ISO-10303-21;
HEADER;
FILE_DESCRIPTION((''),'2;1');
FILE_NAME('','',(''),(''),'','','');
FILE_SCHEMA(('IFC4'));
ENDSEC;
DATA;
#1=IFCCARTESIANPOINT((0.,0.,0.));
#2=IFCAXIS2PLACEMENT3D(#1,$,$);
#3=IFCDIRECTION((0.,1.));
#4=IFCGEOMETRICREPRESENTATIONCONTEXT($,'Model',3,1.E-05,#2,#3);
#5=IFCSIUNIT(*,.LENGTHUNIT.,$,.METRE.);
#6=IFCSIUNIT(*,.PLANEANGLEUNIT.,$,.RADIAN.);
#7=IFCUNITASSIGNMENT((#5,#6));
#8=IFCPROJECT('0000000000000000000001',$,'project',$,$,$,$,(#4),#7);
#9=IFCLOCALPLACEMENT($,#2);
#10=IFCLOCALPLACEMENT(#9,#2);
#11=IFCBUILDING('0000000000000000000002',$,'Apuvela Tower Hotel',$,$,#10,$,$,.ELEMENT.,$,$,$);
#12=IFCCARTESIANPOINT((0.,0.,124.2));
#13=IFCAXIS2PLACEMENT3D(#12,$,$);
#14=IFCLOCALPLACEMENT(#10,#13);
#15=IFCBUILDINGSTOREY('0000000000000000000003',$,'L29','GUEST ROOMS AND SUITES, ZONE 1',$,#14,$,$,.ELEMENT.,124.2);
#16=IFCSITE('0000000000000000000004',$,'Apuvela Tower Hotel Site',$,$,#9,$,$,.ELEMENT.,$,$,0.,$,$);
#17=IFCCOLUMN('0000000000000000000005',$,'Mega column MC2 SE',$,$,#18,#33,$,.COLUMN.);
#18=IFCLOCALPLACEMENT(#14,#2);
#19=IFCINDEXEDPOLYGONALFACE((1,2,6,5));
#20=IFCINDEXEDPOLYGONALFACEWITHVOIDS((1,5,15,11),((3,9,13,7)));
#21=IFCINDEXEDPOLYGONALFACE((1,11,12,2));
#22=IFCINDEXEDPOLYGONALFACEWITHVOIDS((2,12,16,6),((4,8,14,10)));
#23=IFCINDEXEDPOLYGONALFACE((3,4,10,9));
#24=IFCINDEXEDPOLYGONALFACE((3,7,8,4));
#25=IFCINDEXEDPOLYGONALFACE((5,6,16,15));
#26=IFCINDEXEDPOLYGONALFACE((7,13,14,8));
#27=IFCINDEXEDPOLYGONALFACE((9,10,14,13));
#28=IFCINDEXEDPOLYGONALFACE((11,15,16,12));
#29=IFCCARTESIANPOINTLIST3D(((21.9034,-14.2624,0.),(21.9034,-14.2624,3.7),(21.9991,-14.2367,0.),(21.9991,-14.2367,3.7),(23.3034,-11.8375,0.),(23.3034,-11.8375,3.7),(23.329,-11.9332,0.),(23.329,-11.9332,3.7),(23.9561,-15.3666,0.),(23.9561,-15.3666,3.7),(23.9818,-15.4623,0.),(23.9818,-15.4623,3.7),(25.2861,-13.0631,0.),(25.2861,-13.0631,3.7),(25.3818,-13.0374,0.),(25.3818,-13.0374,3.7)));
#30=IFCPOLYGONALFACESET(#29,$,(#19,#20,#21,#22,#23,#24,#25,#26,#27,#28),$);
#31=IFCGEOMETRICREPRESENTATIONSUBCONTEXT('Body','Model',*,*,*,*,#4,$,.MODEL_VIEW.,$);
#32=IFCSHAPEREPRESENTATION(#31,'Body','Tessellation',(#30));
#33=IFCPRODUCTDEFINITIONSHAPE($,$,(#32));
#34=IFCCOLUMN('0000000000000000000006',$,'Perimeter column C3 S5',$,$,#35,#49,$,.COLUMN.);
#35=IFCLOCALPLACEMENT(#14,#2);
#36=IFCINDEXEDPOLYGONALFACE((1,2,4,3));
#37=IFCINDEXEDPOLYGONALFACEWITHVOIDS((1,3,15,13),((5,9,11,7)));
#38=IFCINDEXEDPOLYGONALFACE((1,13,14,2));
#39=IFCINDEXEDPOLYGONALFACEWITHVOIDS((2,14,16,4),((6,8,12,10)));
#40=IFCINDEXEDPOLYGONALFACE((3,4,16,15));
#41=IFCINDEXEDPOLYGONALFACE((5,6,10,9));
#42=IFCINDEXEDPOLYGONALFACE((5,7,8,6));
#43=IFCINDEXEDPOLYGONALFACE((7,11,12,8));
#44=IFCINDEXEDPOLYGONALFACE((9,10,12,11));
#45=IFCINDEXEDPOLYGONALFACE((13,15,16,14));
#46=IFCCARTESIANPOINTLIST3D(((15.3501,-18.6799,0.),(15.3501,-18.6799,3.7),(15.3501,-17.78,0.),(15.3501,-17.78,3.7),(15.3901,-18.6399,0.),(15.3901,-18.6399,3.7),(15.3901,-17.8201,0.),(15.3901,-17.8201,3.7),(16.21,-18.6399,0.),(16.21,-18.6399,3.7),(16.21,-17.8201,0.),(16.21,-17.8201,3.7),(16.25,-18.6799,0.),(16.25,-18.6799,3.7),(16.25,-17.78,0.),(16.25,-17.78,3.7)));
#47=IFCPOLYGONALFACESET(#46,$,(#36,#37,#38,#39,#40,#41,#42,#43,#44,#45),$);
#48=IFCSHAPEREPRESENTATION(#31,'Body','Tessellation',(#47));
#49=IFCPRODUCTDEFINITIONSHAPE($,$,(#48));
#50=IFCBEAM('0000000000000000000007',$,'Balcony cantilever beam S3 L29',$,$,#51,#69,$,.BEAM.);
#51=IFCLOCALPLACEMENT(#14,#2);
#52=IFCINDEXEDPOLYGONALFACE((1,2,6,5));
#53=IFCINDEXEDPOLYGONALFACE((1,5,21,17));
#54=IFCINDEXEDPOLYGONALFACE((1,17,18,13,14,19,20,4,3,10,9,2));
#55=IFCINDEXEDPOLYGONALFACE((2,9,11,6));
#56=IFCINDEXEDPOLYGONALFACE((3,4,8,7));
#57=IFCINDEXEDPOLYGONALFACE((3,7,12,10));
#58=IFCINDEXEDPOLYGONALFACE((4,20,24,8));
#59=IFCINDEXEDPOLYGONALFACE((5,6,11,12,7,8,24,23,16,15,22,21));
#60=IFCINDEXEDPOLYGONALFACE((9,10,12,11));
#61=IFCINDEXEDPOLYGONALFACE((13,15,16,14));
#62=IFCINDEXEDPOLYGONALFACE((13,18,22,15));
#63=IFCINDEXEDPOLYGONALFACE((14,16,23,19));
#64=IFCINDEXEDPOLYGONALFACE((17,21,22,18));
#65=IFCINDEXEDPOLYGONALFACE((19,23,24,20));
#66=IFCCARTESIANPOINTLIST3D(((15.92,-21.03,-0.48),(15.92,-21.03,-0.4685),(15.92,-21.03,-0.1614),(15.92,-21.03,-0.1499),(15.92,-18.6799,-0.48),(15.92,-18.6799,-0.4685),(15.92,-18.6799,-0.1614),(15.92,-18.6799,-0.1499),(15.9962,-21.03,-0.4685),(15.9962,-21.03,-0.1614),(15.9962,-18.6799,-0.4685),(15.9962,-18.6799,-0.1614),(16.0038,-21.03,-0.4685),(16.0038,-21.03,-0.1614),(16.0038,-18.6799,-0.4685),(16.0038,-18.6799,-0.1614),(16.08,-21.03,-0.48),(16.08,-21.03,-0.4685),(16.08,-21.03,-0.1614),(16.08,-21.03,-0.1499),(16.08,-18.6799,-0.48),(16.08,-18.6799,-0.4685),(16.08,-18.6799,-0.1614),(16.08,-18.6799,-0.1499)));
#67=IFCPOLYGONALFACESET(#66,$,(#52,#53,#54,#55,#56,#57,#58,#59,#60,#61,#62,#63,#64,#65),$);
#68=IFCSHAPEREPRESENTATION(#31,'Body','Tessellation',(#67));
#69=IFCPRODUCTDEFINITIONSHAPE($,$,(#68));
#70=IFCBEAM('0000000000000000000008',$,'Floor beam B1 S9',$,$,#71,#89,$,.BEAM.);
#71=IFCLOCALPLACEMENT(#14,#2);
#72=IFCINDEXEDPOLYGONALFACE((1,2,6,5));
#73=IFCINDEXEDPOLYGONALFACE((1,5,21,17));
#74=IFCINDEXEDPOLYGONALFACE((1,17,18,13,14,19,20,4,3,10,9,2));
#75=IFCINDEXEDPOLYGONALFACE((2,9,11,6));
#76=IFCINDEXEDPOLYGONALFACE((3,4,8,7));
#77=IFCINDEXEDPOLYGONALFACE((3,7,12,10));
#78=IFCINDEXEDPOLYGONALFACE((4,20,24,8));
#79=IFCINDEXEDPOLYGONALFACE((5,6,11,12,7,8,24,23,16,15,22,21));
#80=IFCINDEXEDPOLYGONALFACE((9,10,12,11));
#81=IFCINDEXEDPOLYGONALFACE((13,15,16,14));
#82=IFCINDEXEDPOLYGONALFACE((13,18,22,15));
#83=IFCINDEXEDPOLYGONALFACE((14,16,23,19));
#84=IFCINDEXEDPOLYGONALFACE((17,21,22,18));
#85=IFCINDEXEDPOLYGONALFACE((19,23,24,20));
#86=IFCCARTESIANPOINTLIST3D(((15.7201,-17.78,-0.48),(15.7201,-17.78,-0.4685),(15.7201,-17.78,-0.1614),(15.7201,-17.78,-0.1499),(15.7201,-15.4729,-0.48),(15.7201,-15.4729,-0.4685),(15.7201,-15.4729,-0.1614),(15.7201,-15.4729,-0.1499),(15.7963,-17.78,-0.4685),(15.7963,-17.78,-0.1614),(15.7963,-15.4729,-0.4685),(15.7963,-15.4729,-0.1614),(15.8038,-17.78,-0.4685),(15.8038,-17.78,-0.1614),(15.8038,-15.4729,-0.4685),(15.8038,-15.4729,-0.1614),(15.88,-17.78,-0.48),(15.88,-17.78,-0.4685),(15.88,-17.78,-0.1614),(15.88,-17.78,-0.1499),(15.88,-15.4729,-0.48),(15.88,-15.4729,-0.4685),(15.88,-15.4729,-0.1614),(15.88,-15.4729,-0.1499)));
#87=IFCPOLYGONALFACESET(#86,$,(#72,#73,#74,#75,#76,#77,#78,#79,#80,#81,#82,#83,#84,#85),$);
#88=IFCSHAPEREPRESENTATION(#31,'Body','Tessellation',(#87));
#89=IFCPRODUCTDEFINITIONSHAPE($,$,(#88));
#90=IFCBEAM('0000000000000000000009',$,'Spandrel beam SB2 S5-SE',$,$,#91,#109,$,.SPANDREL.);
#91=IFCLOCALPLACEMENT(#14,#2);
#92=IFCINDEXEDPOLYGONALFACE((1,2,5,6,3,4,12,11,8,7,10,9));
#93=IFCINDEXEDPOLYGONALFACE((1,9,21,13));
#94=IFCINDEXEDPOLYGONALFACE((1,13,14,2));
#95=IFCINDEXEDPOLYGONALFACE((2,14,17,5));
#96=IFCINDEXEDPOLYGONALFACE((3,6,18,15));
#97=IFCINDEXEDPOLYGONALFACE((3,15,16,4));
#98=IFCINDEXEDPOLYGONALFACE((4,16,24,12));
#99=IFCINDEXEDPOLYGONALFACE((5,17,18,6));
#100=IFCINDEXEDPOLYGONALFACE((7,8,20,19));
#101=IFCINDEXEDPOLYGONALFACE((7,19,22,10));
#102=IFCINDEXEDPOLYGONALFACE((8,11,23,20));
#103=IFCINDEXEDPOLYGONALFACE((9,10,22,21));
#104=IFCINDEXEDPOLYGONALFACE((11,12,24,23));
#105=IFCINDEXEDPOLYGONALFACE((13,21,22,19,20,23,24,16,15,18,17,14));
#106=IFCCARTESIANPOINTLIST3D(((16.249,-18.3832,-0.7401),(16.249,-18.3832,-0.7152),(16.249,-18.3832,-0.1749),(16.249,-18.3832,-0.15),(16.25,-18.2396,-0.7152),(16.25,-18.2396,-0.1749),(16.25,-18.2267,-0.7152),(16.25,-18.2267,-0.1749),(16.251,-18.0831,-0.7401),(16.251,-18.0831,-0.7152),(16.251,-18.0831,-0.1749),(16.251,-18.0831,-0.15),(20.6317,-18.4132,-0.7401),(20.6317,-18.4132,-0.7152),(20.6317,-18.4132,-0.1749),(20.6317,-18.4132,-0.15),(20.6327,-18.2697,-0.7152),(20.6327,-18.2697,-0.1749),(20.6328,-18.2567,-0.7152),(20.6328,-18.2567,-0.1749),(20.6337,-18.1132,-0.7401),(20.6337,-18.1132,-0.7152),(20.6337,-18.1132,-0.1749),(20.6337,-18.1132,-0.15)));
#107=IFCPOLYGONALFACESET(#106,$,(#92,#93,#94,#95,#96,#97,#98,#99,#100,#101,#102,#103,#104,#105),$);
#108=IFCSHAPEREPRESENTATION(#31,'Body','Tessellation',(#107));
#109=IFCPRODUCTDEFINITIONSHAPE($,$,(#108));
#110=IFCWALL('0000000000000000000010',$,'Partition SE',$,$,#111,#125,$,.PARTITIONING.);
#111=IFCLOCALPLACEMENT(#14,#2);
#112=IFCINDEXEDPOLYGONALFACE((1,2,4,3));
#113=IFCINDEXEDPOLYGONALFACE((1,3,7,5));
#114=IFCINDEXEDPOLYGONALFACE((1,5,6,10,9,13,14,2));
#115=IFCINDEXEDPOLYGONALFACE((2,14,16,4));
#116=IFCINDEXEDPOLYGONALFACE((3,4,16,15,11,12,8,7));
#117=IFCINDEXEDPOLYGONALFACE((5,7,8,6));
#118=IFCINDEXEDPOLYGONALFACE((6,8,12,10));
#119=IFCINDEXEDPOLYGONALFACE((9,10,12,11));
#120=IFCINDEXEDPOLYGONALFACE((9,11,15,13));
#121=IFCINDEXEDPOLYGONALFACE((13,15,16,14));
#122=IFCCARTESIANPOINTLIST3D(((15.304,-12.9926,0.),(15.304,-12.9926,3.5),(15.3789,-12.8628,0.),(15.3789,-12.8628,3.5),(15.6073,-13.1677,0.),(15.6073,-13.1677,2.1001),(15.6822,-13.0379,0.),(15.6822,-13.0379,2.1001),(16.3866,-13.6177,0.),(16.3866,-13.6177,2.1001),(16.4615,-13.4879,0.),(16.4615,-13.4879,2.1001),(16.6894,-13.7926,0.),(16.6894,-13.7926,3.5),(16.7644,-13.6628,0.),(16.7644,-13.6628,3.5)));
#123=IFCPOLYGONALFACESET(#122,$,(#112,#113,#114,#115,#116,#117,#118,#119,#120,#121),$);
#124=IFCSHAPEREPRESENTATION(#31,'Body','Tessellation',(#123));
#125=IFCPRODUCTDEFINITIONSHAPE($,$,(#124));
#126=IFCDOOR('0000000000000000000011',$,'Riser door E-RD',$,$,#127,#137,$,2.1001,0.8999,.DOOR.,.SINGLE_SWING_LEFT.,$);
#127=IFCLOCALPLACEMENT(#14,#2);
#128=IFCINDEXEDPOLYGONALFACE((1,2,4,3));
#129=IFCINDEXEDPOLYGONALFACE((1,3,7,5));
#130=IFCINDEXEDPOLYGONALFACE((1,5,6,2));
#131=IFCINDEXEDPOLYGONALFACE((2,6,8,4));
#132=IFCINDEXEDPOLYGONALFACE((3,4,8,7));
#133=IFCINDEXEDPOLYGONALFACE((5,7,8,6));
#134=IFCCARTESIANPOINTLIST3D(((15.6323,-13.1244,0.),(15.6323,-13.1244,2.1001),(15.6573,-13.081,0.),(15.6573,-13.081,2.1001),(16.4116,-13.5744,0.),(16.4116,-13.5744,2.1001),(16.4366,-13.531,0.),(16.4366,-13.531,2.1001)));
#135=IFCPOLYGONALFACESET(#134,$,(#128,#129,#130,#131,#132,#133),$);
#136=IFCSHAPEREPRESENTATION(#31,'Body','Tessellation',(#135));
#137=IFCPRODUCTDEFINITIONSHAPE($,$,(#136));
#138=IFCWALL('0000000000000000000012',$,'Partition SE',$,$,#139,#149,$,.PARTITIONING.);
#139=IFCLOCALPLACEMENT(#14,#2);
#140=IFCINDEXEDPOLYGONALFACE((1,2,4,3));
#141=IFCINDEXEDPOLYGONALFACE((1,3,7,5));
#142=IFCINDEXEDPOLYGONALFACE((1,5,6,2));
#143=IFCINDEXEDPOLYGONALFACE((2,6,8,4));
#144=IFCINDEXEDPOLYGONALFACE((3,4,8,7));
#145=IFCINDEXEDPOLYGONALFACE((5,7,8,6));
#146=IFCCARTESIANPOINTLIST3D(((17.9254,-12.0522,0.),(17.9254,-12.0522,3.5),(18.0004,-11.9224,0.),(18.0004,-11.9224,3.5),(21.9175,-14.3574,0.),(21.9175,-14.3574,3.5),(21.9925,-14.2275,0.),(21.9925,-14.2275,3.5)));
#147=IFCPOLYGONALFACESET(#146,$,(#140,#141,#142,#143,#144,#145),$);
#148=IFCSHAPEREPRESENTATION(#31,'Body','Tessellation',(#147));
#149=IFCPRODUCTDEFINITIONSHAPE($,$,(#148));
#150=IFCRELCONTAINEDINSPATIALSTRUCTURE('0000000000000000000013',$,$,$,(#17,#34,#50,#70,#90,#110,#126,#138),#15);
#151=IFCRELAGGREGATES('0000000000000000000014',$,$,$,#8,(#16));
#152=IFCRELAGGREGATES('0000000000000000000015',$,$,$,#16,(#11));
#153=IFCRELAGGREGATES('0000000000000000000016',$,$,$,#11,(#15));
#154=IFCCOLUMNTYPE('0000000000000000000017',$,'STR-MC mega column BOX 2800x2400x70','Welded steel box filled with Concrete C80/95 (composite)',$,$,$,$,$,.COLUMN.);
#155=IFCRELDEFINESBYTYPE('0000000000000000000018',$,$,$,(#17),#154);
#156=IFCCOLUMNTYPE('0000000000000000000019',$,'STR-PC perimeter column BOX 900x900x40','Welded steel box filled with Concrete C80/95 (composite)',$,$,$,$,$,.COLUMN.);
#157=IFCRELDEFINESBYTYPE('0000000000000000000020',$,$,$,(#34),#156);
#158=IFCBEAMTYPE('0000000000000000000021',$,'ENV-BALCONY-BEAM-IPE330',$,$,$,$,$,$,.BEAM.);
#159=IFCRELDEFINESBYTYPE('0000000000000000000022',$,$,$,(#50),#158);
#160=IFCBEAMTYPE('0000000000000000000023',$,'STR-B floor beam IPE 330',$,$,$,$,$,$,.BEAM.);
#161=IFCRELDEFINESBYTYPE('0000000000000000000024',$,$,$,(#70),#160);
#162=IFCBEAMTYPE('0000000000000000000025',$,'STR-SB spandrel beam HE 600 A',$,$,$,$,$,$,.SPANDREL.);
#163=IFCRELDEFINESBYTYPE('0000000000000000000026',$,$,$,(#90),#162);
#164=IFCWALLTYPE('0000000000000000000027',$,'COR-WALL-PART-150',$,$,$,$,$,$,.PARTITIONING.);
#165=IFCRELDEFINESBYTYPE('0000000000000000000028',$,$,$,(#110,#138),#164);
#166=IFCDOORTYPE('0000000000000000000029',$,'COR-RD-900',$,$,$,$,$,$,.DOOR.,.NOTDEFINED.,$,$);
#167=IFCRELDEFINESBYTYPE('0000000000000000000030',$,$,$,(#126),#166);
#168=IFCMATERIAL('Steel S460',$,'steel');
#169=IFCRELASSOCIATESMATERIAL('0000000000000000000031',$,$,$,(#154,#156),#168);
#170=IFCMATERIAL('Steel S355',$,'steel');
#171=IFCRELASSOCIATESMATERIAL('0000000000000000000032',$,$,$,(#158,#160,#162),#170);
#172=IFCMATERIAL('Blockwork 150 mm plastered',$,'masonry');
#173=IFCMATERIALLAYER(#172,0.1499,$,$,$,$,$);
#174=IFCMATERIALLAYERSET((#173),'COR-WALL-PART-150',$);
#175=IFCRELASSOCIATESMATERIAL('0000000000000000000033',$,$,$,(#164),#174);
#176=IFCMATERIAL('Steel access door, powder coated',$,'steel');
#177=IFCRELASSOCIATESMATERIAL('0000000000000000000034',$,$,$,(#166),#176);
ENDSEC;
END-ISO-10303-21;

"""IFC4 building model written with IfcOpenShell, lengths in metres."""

from ifc_helpers import new_model, si_unit, direction, frame, frame_2d, origin, origin_2d, place, context, subcontext, project, spatial, rectangle, hollow_rectangle, i_section, extrude, material, layer, layer_set, material_profile, profile_set, type_object, element, fill, save


model = new_model("IFC4")

# Units and contexts
model_context = context("Model", 3, precision=1e-05, world=origin(), true_north=direction((0.0, 1.0)))
body_context = subcontext(model_context, "Body", "Model", "MODEL_VIEW")
ifc_project = project(units=[si_unit("LENGTHUNIT", "METRE"), si_unit("PLANEANGLEUNIT", "RADIAN")], contexts=[model_context])

# Site, building, storey
site_placement = place(None, origin())
site = spatial("IfcSite", under=ifc_project, at=site_placement, Name="Apuvela Tower Hotel Site", CompositionType="ELEMENT", RefElevation=0.0)
building_placement = place(site_placement, origin())
building = spatial("IfcBuilding", under=site, at=building_placement, Name="Apuvela Tower Hotel", CompositionType="ELEMENT")
storey_placement = place(building_placement, frame((0.0, 0.0, 124.2)))
storey = spatial("IfcBuildingStorey", under=building, at=storey_placement, Name="L29", Description="GUEST ROOMS AND SUITES, ZONE 1", CompositionType="ELEMENT", Elevation=124.2)

# Columns
ifc_material_1 = material(Name="Steel S460", Category="steel")
ifc_material_profile_1 = material_profile(ifc_material_1, hollow_rectangle(XDim=2.8, YDim=2.3999, WallThickness=0.0701, at=origin_2d()), Name="BOX 2800x2400x70")
ifc_material_2 = material(Name="Concrete C80/95", Category="concrete")
ifc_material_profile_2 = material_profile(ifc_material_2, rectangle(XDim=2.6599, YDim=2.26, at=origin_2d()), Name="Concrete C80/95 infill")
ifc_profile_set_1 = profile_set([ifc_material_profile_1, ifc_material_profile_2], Name="Steel S460")
column_type_1 = type_object("IfcColumnType", Name="STR-MC mega column BOX 2800x2400x70", Description="Welded steel box filled with Concrete C80/95 (composite)", PredefinedType="COLUMN", material=ifc_profile_set_1)
column_1_placement = place(storey_placement, frame((23.6426, -13.6499, 0.0), z_axis=(0.0, 0.0, 1.0), x_axis=(0.5, 0.866025, 0.0)))
element("IfcColumn", 1, at=column_1_placement, inside=storey, type_object=column_type_1, Name="Mega column MC2 SE", PredefinedType="COLUMN", context=body_context, shape_type="SweptSolid", body=[
    extrude(hollow_rectangle(XDim=2.8, YDim=2.3999, WallThickness=0.0701, at=origin_2d()), origin(), (0.0, 0.0, 1.0), 3.7),
])
ifc_material_profile_3 = material_profile(ifc_material_1, hollow_rectangle(XDim=0.8999, YDim=0.8999, WallThickness=0.04, at=origin_2d()), Name="BOX 900x900x40")
ifc_material_profile_4 = material_profile(ifc_material_2, rectangle(XDim=0.8201, YDim=0.8201, at=origin_2d()), Name="Concrete C80/95 infill")
ifc_profile_set_2 = profile_set([ifc_material_profile_3, ifc_material_profile_4], Name="Steel S460")
column_type_2 = type_object("IfcColumnType", Name="STR-PC perimeter column BOX 900x900x40", Description="Welded steel box filled with Concrete C80/95 (composite)", PredefinedType="COLUMN", material=ifc_profile_set_2)
column_2_placement = place(storey_placement, frame((15.8, -18.23, 0.0), z_axis=(0.0, 0.0, 1.0), x_axis=(-1.0, 0.0, 0.0)))
element("IfcColumn", 2, at=column_2_placement, inside=storey, type_object=column_type_2, Name="Perimeter column C3 S5", PredefinedType="COLUMN", context=body_context, shape_type="SweptSolid", body=[
    extrude(hollow_rectangle(XDim=0.8999, YDim=0.8999, WallThickness=0.04, at=origin_2d()), origin(), (0.0, 0.0, 1.0), 3.7),
])

# Beams
ifc_material_3 = material(Name="Steel S355", Category="steel")
ifc_material_profile_5 = material_profile(ifc_material_3, i_section(OverallWidth=0.1599, OverallDepth=0.3301, WebThickness=0.0076, FlangeThickness=0.0115, at=origin_2d()), Name="IPE 330")
ifc_profile_set_3 = profile_set([ifc_material_profile_5], Name="Steel S355")
beam_type_1 = type_object("IfcBeamType", Name="ENV-BALCONY-BEAM-IPE330", PredefinedType="BEAM", material=ifc_profile_set_3)
beam_1_placement = place(storey_placement, frame((16.0, -18.6799, -0.3149), z_axis=(0.0, -1.0, 0.0), x_axis=(1.0, 0.0, 0.0)))
element("IfcBeam", 3, at=beam_1_placement, inside=storey, type_object=beam_type_1, Name="Balcony cantilever beam S3 L29", PredefinedType="BEAM", context=body_context, shape_type="SweptSolid", body=[
    extrude(i_section(OverallWidth=0.1599, OverallDepth=0.3301, WebThickness=0.0076, FlangeThickness=0.0115, at=origin_2d()), origin(), (0.0, 0.0, 1.0), 2.3501),
])
ifc_material_profile_6 = material_profile(ifc_material_3, i_section(OverallWidth=0.1599, OverallDepth=0.3301, WebThickness=0.0076, FlangeThickness=0.0115, at=origin_2d()), Name="IPE 330")
ifc_profile_set_4 = profile_set([ifc_material_profile_6], Name="Steel S355")
beam_type_2 = type_object("IfcBeamType", Name="STR-B floor beam IPE 330", PredefinedType="BEAM", material=ifc_profile_set_4)
beam_2_placement = place(storey_placement, frame((15.8, -17.78, -0.3149), z_axis=(0.0, 1.0, 0.0), x_axis=(-1.0, 0.0, 0.0)))
element("IfcBeam", 4, at=beam_2_placement, inside=storey, type_object=beam_type_2, Name="Floor beam B1 S9", PredefinedType="BEAM", context=body_context, shape_type="SweptSolid", body=[
    extrude(i_section(OverallWidth=0.1599, OverallDepth=0.3301, WebThickness=0.0076, FlangeThickness=0.0115, at=origin_2d()), origin(), (0.0, 0.0, 1.0), 2.3071),
])
ifc_material_profile_7 = material_profile(ifc_material_3, i_section(OverallWidth=0.3, OverallDepth=0.5901, WebThickness=0.0129, FlangeThickness=0.0249, at=origin_2d()), Name="HE 600 A")
ifc_profile_set_5 = profile_set([ifc_material_profile_7], Name="Steel S355")
beam_type_3 = type_object("IfcBeamType", Name="STR-SB spandrel beam HE 600 A", PredefinedType="SPANDREL", material=ifc_profile_set_5)
beam_3_placement = place(storey_placement, frame((16.25, -18.2332, -0.4451), z_axis=(0.999977, -0.006851, 0.0), x_axis=(0.006851, 0.999977, 0.0)))
element("IfcBeam", 5, at=beam_3_placement, inside=storey, type_object=beam_type_3, Name="Spandrel beam SB2 S5-SE", PredefinedType="SPANDREL", context=body_context, shape_type="SweptSolid", body=[
    extrude(i_section(OverallWidth=0.3, OverallDepth=0.5901, WebThickness=0.0129, FlangeThickness=0.0249, at=origin_2d()), origin(), (0.0, 0.0, 1.0), 4.3828),
])

# Wall, opening, door
ifc_material_4 = material(Name="Blockwork 150 mm plastered", Category="masonry")
ifc_layer_1 = layer(ifc_material_4, 0.1499)
ifc_layer_set_1 = layer_set([ifc_layer_1], Name="COR-WALL-PART-150")
wall_type_1 = type_object("IfcWallType", Name="COR-WALL-PART-150", PredefinedType="PARTITIONING", material=ifc_layer_set_1)
wall_1_placement = place(storey_placement, frame((15.3416, -12.9277, 0.0), z_axis=(0.0, 0.0, 1.0), x_axis=(0.86599, -0.500061, 0.0)))
wall_1 = element("IfcWall", 6, at=wall_1_placement, inside=storey, type_object=wall_type_1, Name="Partition SE", PredefinedType="PARTITIONING", context=body_context, shape_type="SweptSolid", body=[
    extrude(rectangle(XDim=1.5999, YDim=0.1499, at=frame_2d((0.7998, 0.0))), origin(), (0.0, 0.0, 1.0), 3.5),
])
opening_1_placement = place(wall_1_placement, frame((0.3501, 0.0, 0.0)))
opening_1 = element("IfcOpeningElement", 7, at=opening_1_placement, cuts=wall_1, PredefinedType="OPENING", context=body_context, shape_type="SweptSolid", body=[
    extrude(rectangle(XDim=0.8999, YDim=2.1001, at=frame_2d((0.45, 1.05))), frame((0.0, 0.085, 0.0), z_axis=(0.0, -1.0, 0.0), x_axis=(1.0, 0.0, 0.0)), (0.0, 0.0, 1.0), 0.1699),
])
ifc_material_5 = material(Name="Steel access door, powder coated", Category="steel")
door_type_1 = type_object("IfcDoorType", Name="COR-RD-900", OperationType="NOTDEFINED", PredefinedType="DOOR", material=ifc_material_5)
door_1_placement = place(opening_1_placement, frame((0.8999, 0.0, 0.0), z_axis=(0.0, 0.0, 1.0), x_axis=(-1.0, 0.0, 0.0)))
door_1 = element("IfcDoor", 8, at=door_1_placement, inside=storey, type_object=door_type_1, Name="Riser door E-RD", OperationType="SINGLE_SWING_LEFT", OverallHeight=2.1001, OverallWidth=0.8999, PredefinedType="DOOR", context=body_context, shape_type="SweptSolid", body=[
    extrude(rectangle(XDim=0.8999, YDim=2.1001, at=frame_2d((0.45, 1.05))), frame((0.0, 0.0249, 0.0), z_axis=(0.0, -1.0, 0.0), x_axis=(1.0, 0.0, 0.0)), (0.0, 0.0, 1.0), 0.05),
])
fill(opening_1, door_1)

# Wall
wall_2_placement = place(storey_placement, frame((17.9629, -11.9873, 0.0), z_axis=(0.0, 0.0, 1.0), x_axis=(0.865999, -0.500046, 0.0)))
element("IfcWall", 9, at=wall_2_placement, inside=storey, type_object=wall_type_1, Name="Partition SE", PredefinedType="PARTITIONING", context=body_context, shape_type="SweptSolid", body=[
    extrude(rectangle(XDim=4.6099, YDim=0.1499, at=frame_2d((2.3049, 0.0))), origin(), (0.0, 0.0, 1.0), 3.5),
])

save(model, "model.ifc")
